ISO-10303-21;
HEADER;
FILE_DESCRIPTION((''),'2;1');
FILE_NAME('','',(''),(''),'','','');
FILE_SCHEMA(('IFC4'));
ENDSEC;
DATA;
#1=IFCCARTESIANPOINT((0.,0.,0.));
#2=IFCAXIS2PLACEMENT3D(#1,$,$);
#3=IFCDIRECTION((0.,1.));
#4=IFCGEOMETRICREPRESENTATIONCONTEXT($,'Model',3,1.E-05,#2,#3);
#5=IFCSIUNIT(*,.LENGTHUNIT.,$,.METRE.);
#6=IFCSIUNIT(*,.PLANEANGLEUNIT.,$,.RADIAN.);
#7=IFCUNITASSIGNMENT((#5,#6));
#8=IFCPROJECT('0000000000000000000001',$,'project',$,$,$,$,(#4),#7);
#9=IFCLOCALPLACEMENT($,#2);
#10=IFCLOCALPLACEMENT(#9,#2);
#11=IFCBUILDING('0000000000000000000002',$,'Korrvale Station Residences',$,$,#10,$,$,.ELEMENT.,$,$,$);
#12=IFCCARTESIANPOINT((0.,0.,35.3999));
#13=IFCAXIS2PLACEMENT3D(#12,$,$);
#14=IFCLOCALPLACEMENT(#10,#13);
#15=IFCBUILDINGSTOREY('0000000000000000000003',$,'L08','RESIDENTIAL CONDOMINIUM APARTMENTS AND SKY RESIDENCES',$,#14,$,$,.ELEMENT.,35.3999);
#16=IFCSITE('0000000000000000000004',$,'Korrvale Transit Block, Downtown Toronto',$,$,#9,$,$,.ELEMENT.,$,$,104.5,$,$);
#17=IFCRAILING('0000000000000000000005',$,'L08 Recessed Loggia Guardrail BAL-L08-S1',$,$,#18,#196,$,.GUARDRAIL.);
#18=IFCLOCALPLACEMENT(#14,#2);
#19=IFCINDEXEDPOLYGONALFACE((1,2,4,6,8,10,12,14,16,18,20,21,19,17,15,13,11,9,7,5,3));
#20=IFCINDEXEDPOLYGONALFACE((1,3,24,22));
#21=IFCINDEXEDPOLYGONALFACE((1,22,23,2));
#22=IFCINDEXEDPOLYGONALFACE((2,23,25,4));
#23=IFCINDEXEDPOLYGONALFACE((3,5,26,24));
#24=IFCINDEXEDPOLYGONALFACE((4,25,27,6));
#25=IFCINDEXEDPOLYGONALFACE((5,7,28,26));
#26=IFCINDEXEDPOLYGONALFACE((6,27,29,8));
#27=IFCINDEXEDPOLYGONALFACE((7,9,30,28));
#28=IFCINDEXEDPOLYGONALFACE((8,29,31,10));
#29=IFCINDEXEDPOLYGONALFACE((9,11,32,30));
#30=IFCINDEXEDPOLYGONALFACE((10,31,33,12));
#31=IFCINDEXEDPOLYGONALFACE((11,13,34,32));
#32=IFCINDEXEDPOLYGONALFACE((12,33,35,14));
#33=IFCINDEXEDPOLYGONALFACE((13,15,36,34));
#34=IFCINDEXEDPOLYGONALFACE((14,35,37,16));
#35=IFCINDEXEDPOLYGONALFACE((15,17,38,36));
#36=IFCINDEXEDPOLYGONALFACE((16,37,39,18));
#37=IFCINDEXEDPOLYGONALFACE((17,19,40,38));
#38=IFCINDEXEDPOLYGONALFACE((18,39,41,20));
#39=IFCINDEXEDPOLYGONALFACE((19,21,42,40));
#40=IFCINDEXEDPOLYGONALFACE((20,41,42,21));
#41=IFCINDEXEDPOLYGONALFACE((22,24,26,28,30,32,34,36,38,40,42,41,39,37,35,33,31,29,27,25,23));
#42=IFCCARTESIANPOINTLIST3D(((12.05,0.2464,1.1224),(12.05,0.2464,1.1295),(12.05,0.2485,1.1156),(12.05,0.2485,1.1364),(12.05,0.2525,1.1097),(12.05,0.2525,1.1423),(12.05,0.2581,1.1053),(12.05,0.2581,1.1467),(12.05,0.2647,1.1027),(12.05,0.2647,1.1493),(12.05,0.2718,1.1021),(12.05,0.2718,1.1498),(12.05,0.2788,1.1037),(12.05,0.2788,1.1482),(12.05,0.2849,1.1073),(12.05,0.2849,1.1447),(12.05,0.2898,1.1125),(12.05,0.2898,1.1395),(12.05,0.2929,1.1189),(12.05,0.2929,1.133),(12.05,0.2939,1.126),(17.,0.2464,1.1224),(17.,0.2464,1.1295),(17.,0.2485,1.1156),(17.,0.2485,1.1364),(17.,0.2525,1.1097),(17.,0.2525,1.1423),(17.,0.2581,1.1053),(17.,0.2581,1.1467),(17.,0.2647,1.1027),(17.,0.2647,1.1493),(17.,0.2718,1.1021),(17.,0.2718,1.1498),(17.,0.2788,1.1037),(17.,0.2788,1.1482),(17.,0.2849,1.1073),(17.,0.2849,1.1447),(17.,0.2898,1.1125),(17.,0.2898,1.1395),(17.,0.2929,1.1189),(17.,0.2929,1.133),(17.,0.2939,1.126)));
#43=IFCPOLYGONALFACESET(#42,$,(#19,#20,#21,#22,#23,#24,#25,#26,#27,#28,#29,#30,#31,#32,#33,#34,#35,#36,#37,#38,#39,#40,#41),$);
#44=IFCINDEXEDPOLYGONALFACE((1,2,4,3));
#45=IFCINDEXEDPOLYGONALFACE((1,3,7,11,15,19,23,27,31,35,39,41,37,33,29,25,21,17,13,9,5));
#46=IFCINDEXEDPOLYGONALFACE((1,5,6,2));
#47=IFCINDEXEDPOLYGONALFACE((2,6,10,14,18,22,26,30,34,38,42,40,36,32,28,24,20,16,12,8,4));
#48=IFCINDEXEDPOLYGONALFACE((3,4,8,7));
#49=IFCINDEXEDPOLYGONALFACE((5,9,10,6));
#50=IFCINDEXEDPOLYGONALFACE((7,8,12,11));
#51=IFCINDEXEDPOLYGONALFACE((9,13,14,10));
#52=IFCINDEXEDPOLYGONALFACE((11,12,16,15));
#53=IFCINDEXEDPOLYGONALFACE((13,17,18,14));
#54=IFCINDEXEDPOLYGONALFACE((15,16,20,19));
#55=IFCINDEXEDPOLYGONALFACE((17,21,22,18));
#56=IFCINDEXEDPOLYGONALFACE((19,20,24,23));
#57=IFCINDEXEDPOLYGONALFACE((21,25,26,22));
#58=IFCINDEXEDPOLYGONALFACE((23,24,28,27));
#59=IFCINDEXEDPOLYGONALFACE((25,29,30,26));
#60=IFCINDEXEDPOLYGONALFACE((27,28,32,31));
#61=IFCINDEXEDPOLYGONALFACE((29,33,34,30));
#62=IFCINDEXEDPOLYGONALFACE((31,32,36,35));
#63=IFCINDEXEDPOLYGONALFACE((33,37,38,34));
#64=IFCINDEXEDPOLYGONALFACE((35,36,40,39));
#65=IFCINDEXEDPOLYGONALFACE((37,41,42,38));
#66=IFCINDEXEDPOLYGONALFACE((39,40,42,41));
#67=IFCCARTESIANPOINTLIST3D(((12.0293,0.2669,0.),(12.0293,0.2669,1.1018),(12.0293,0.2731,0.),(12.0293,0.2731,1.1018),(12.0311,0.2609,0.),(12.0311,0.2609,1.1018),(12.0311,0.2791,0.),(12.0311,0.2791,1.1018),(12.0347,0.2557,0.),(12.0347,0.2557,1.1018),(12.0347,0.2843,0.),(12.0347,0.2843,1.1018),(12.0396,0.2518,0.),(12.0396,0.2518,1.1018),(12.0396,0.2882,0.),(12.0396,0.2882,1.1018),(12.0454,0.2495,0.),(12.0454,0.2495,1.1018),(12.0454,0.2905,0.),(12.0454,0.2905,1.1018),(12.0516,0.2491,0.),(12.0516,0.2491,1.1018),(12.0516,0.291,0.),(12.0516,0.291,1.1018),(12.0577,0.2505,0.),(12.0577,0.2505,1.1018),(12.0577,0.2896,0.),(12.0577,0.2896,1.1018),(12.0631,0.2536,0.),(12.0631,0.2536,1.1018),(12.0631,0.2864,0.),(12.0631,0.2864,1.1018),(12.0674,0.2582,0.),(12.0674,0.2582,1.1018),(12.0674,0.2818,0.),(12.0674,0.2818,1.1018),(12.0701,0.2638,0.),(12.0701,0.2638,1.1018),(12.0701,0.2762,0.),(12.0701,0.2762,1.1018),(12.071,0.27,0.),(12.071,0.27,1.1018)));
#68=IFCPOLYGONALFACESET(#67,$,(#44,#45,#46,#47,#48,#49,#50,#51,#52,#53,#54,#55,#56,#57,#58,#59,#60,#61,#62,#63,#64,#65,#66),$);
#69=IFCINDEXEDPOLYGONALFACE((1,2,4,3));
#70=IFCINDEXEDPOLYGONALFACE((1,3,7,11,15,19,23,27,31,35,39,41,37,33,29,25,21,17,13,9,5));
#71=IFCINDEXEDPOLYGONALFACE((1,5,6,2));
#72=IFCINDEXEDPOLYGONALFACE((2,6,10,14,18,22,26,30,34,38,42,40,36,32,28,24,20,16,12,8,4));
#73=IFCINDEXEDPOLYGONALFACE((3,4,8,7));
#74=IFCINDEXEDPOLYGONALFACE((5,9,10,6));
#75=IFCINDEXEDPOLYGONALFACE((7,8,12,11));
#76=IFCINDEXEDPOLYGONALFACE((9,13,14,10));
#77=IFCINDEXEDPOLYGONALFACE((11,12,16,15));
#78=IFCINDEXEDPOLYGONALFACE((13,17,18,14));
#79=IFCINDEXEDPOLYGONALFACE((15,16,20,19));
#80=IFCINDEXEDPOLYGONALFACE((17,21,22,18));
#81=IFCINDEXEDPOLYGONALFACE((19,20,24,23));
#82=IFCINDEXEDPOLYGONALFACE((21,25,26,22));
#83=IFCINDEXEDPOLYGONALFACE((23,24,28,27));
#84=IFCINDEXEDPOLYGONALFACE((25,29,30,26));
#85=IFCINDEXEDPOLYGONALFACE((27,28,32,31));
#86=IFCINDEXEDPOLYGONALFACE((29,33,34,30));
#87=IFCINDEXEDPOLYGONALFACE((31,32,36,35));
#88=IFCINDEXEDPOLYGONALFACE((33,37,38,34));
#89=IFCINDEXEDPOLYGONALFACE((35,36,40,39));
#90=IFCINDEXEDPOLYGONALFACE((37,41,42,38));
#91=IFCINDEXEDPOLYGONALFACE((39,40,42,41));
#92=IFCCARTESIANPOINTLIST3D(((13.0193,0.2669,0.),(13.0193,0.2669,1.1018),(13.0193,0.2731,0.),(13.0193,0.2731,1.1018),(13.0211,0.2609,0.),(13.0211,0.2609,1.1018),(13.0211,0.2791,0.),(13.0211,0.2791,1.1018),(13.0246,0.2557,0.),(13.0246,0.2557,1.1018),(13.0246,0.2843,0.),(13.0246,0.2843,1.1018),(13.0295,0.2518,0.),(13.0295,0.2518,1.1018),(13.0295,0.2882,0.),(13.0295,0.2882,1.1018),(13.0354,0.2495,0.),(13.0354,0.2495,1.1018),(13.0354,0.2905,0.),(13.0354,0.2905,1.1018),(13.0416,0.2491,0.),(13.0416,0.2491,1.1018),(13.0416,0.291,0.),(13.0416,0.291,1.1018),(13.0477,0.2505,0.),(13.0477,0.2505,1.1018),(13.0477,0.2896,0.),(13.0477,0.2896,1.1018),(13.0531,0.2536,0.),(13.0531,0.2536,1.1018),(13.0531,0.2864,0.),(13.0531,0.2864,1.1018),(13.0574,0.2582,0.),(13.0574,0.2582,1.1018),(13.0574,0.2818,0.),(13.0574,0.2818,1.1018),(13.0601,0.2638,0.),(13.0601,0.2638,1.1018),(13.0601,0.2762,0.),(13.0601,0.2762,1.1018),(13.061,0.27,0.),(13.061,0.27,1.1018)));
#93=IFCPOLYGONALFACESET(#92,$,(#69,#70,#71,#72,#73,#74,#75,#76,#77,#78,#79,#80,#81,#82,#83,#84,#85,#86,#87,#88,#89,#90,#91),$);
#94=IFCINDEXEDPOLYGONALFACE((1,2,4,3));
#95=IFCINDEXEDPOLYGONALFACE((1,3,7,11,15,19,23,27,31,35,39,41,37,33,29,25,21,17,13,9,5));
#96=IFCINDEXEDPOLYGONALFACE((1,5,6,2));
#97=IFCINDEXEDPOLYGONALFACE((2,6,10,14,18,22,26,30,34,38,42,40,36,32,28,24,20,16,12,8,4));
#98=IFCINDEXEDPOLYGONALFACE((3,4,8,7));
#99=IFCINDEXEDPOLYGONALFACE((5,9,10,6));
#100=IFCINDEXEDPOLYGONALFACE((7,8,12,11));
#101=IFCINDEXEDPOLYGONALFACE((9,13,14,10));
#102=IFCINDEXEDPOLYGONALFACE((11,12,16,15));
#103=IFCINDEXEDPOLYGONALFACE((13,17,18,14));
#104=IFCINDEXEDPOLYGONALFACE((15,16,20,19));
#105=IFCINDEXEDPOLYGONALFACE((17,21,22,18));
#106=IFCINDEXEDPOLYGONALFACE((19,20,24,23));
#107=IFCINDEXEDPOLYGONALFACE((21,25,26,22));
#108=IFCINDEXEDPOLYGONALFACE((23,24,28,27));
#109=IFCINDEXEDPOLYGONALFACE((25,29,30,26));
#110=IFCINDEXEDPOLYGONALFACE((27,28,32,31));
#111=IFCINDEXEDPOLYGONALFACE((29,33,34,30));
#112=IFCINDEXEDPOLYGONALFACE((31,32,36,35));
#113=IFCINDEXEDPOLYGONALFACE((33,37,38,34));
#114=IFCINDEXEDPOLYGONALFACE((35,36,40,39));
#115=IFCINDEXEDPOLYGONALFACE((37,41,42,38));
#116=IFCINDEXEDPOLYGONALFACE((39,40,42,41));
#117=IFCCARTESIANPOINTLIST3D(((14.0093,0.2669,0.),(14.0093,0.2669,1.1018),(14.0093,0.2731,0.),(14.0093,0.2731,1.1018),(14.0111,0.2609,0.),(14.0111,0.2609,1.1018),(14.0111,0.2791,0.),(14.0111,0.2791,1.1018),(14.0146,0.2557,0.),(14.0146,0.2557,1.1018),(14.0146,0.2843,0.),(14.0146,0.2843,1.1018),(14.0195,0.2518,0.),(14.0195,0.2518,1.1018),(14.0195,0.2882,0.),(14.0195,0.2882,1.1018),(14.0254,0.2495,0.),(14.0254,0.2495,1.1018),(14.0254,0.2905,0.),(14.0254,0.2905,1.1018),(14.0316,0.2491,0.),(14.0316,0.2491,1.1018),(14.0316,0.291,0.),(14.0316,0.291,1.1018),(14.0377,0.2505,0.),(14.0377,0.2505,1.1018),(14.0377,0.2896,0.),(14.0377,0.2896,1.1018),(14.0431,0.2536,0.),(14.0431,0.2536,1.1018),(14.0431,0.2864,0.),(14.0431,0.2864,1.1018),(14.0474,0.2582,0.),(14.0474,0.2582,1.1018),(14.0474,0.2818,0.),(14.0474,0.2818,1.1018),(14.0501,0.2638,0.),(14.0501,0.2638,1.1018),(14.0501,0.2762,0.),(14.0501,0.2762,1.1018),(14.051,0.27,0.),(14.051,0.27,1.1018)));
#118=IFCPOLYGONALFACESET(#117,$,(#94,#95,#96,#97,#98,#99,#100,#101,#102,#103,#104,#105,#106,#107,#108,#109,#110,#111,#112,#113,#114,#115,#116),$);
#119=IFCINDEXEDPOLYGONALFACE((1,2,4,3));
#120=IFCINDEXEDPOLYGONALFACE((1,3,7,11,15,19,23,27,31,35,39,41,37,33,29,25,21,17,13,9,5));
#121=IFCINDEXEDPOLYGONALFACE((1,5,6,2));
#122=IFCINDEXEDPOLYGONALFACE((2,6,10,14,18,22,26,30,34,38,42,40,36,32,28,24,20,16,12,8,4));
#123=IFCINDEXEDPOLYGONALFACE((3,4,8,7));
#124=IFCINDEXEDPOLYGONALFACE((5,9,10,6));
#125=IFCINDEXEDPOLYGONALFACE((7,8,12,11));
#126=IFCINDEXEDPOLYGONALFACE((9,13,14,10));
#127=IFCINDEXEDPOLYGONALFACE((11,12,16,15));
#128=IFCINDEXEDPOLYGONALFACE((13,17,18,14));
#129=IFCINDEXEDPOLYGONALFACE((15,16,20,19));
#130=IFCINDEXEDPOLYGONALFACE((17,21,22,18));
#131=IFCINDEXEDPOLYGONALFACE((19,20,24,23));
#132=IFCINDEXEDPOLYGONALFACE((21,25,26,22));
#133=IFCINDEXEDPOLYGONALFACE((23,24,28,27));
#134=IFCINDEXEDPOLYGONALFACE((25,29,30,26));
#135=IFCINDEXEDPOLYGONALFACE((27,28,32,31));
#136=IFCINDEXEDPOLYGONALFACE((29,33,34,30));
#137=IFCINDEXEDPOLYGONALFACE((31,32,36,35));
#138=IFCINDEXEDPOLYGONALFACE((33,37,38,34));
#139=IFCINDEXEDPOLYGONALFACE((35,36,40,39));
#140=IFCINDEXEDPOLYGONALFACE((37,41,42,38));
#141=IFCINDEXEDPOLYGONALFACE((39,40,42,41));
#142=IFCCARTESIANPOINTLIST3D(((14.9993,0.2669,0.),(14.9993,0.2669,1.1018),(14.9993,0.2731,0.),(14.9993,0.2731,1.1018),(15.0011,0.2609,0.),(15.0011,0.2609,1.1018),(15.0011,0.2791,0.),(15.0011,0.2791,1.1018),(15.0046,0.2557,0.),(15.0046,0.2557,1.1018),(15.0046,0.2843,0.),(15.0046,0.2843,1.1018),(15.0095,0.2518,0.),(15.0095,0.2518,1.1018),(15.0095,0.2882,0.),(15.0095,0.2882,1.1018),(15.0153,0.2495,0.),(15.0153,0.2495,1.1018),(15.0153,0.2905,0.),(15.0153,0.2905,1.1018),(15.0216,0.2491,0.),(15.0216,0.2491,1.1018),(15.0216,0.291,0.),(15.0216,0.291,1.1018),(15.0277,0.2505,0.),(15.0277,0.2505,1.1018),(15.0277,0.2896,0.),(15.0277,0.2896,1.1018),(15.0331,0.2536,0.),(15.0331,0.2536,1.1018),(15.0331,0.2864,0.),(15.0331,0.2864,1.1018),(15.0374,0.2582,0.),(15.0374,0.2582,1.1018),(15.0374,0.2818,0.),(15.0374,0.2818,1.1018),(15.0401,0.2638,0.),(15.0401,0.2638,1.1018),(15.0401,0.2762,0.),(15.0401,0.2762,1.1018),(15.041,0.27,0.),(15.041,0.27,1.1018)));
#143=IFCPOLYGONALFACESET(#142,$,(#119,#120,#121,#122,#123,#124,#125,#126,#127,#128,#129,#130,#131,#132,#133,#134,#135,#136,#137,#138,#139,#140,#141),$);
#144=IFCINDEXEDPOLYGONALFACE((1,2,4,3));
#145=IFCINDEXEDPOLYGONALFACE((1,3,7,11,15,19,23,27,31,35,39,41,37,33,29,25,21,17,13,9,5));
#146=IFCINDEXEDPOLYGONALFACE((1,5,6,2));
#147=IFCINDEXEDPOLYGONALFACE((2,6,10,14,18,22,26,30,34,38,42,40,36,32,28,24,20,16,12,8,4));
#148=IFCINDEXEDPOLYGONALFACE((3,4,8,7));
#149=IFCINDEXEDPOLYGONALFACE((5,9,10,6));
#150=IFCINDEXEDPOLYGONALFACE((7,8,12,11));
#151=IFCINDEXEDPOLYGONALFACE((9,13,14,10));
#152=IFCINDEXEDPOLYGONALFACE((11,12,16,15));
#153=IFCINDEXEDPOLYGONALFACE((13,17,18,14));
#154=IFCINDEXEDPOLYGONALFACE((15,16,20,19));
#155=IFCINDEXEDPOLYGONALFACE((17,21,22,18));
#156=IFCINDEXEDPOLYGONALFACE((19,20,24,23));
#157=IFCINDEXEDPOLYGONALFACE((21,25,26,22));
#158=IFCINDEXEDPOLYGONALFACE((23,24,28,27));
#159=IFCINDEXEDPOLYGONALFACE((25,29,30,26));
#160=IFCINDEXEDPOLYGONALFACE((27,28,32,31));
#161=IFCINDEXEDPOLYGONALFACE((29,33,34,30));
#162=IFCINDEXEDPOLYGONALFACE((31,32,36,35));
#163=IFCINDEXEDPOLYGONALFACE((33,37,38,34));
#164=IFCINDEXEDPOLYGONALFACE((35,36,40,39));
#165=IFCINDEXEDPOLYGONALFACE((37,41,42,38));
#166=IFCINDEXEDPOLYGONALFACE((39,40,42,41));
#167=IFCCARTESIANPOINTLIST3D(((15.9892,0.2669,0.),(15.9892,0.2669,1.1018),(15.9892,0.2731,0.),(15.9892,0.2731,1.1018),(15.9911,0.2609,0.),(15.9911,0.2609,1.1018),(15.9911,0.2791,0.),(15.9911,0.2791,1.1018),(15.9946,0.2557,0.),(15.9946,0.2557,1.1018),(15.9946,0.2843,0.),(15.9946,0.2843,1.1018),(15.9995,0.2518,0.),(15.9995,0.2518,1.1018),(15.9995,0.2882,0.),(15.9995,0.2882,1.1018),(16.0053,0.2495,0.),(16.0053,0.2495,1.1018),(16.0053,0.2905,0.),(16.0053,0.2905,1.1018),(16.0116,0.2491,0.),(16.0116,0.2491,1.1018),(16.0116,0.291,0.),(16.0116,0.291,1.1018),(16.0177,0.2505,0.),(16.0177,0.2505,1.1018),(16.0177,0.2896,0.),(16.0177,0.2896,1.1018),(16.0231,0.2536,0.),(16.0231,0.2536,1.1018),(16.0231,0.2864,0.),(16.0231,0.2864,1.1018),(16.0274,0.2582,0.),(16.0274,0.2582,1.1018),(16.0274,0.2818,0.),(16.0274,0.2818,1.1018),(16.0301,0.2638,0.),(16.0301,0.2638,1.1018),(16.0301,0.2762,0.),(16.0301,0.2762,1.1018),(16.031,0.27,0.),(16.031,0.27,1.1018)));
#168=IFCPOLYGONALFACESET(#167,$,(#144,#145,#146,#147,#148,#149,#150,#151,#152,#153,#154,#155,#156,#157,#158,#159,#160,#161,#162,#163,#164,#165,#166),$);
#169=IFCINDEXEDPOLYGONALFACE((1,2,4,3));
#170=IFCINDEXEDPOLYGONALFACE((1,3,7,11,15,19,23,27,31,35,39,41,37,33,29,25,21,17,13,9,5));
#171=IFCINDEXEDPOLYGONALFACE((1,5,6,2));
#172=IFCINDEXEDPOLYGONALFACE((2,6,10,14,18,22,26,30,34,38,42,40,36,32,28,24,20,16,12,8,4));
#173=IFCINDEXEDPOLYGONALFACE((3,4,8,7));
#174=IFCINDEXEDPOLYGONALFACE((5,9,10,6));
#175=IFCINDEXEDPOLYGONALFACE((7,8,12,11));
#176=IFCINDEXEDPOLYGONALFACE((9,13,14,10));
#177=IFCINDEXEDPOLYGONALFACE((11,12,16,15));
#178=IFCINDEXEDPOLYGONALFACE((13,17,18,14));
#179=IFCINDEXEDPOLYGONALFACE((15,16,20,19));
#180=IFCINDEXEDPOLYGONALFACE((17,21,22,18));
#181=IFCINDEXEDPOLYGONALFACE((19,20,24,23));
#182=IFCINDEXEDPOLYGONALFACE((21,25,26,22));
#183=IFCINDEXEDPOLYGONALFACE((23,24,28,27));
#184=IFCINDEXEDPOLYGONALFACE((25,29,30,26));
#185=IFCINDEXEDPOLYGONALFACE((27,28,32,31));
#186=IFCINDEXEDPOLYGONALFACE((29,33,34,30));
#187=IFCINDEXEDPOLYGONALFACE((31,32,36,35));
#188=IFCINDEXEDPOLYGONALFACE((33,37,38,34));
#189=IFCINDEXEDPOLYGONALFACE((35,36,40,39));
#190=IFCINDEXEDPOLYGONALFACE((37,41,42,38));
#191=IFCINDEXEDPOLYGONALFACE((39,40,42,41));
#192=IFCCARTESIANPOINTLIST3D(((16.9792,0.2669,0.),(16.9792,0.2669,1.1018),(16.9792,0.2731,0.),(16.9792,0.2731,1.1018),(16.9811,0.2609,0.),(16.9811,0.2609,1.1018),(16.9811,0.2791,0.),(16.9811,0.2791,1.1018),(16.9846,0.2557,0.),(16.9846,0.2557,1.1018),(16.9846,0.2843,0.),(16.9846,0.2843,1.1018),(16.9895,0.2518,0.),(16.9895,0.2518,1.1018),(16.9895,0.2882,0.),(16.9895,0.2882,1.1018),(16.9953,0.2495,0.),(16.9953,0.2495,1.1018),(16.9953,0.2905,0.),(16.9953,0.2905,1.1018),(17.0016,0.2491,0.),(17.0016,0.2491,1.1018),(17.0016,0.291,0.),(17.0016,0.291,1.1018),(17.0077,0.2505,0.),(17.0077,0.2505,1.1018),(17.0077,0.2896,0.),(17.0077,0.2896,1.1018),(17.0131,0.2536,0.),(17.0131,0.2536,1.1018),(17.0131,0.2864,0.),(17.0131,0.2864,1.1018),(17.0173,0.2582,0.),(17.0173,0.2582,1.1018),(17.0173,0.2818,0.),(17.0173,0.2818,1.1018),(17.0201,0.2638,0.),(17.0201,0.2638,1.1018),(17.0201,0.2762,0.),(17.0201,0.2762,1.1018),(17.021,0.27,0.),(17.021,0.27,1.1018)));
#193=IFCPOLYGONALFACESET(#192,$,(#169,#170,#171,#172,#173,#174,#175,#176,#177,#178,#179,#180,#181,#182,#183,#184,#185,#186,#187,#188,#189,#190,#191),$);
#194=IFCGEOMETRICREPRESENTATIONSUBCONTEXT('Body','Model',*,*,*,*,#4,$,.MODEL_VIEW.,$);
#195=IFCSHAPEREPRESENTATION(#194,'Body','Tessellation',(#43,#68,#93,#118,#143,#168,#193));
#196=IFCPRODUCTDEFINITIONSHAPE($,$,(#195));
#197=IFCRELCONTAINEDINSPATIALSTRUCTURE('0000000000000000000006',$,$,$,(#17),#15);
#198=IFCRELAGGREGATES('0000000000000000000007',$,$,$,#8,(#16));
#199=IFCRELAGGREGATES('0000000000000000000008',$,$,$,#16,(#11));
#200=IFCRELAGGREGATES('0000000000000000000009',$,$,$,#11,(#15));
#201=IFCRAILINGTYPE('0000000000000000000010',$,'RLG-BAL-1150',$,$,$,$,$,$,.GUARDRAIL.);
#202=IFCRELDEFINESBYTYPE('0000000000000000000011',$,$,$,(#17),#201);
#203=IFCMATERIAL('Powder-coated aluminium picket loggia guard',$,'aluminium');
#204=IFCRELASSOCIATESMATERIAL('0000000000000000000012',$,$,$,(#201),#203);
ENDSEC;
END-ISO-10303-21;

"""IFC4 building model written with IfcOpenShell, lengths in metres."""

from ifc_helpers import new_model, si_unit, direction, frame, origin, origin_2d, place, context, subcontext, project, spatial, circle, extrude, material, type_object, element, save


model = new_model("IFC4")

# Units and contexts
model_context = context("Model", 3, precision=1e-05, world=origin(), true_north=direction((0.0, 1.0)))
body_context = subcontext(model_context, "Body", "Model", "MODEL_VIEW")
ifc_project = project(units=[si_unit("LENGTHUNIT", "METRE"), si_unit("PLANEANGLEUNIT", "RADIAN")], contexts=[model_context])

# Site, building, storey
site_placement = place(None, origin())
site = spatial("IfcSite", under=ifc_project, at=site_placement, Name="Korrvale Transit Block, Downtown Toronto", CompositionType="ELEMENT", RefElevation=104.5)
building_placement = place(site_placement, origin())
building = spatial("IfcBuilding", under=site, at=building_placement, Name="Korrvale Station Residences", CompositionType="ELEMENT")
storey_placement = place(building_placement, frame((0.0, 0.0, 35.3999)))
storey = spatial("IfcBuildingStorey", under=building, at=storey_placement, Name="L08", Description="RESIDENTIAL CONDOMINIUM APARTMENTS AND SKY RESIDENCES", CompositionType="ELEMENT", Elevation=35.3999)

# Railing
ifc_material_1 = material(Name="Powder-coated aluminium picket loggia guard", Category="aluminium")
railing_type = type_object("IfcRailingType", Name="RLG-BAL-1150", PredefinedType="GUARDRAIL", material=ifc_material_1)
railing_placement = place(storey_placement, frame((12.05, 0.27, 0.0)))
element("IfcRailing", 1, at=railing_placement, inside=storey, type_object=railing_type, Name="L08 Recessed Loggia Guardrail BAL-L08-S1", PredefinedType="GUARDRAIL", context=body_context, shape_type="SweptSolid", body=[
    extrude(circle(Radius=0.0239, at=origin_2d()), frame((0.0, 0.0, 1.126), z_axis=(1.0, 0.0, 0.0), x_axis=(0.0, 1.0, 0.0)), (0.0, 0.0, 1.0), 4.95),
    extrude(circle(Radius=0.021, at=origin_2d()), origin(), (0.0, 0.0, 1.0), 1.1018),
    extrude(circle(Radius=0.021, at=origin_2d()), frame((0.99, 0.0, 0.0)), (0.0, 0.0, 1.0), 1.1018),
    extrude(circle(Radius=0.021, at=origin_2d()), frame((1.98, 0.0, 0.0)), (0.0, 0.0, 1.0), 1.1018),
    extrude(circle(Radius=0.021, at=origin_2d()), frame((2.97, 0.0, 0.0)), (0.0, 0.0, 1.0), 1.1018),
    extrude(circle(Radius=0.021, at=origin_2d()), frame((3.96, 0.0, 0.0)), (0.0, 0.0, 1.0), 1.1018),
    extrude(circle(Radius=0.021, at=origin_2d()), frame((4.95, 0.0, 0.0)), (0.0, 0.0, 1.0), 1.1018),
])

save(model, "model.ifc")
